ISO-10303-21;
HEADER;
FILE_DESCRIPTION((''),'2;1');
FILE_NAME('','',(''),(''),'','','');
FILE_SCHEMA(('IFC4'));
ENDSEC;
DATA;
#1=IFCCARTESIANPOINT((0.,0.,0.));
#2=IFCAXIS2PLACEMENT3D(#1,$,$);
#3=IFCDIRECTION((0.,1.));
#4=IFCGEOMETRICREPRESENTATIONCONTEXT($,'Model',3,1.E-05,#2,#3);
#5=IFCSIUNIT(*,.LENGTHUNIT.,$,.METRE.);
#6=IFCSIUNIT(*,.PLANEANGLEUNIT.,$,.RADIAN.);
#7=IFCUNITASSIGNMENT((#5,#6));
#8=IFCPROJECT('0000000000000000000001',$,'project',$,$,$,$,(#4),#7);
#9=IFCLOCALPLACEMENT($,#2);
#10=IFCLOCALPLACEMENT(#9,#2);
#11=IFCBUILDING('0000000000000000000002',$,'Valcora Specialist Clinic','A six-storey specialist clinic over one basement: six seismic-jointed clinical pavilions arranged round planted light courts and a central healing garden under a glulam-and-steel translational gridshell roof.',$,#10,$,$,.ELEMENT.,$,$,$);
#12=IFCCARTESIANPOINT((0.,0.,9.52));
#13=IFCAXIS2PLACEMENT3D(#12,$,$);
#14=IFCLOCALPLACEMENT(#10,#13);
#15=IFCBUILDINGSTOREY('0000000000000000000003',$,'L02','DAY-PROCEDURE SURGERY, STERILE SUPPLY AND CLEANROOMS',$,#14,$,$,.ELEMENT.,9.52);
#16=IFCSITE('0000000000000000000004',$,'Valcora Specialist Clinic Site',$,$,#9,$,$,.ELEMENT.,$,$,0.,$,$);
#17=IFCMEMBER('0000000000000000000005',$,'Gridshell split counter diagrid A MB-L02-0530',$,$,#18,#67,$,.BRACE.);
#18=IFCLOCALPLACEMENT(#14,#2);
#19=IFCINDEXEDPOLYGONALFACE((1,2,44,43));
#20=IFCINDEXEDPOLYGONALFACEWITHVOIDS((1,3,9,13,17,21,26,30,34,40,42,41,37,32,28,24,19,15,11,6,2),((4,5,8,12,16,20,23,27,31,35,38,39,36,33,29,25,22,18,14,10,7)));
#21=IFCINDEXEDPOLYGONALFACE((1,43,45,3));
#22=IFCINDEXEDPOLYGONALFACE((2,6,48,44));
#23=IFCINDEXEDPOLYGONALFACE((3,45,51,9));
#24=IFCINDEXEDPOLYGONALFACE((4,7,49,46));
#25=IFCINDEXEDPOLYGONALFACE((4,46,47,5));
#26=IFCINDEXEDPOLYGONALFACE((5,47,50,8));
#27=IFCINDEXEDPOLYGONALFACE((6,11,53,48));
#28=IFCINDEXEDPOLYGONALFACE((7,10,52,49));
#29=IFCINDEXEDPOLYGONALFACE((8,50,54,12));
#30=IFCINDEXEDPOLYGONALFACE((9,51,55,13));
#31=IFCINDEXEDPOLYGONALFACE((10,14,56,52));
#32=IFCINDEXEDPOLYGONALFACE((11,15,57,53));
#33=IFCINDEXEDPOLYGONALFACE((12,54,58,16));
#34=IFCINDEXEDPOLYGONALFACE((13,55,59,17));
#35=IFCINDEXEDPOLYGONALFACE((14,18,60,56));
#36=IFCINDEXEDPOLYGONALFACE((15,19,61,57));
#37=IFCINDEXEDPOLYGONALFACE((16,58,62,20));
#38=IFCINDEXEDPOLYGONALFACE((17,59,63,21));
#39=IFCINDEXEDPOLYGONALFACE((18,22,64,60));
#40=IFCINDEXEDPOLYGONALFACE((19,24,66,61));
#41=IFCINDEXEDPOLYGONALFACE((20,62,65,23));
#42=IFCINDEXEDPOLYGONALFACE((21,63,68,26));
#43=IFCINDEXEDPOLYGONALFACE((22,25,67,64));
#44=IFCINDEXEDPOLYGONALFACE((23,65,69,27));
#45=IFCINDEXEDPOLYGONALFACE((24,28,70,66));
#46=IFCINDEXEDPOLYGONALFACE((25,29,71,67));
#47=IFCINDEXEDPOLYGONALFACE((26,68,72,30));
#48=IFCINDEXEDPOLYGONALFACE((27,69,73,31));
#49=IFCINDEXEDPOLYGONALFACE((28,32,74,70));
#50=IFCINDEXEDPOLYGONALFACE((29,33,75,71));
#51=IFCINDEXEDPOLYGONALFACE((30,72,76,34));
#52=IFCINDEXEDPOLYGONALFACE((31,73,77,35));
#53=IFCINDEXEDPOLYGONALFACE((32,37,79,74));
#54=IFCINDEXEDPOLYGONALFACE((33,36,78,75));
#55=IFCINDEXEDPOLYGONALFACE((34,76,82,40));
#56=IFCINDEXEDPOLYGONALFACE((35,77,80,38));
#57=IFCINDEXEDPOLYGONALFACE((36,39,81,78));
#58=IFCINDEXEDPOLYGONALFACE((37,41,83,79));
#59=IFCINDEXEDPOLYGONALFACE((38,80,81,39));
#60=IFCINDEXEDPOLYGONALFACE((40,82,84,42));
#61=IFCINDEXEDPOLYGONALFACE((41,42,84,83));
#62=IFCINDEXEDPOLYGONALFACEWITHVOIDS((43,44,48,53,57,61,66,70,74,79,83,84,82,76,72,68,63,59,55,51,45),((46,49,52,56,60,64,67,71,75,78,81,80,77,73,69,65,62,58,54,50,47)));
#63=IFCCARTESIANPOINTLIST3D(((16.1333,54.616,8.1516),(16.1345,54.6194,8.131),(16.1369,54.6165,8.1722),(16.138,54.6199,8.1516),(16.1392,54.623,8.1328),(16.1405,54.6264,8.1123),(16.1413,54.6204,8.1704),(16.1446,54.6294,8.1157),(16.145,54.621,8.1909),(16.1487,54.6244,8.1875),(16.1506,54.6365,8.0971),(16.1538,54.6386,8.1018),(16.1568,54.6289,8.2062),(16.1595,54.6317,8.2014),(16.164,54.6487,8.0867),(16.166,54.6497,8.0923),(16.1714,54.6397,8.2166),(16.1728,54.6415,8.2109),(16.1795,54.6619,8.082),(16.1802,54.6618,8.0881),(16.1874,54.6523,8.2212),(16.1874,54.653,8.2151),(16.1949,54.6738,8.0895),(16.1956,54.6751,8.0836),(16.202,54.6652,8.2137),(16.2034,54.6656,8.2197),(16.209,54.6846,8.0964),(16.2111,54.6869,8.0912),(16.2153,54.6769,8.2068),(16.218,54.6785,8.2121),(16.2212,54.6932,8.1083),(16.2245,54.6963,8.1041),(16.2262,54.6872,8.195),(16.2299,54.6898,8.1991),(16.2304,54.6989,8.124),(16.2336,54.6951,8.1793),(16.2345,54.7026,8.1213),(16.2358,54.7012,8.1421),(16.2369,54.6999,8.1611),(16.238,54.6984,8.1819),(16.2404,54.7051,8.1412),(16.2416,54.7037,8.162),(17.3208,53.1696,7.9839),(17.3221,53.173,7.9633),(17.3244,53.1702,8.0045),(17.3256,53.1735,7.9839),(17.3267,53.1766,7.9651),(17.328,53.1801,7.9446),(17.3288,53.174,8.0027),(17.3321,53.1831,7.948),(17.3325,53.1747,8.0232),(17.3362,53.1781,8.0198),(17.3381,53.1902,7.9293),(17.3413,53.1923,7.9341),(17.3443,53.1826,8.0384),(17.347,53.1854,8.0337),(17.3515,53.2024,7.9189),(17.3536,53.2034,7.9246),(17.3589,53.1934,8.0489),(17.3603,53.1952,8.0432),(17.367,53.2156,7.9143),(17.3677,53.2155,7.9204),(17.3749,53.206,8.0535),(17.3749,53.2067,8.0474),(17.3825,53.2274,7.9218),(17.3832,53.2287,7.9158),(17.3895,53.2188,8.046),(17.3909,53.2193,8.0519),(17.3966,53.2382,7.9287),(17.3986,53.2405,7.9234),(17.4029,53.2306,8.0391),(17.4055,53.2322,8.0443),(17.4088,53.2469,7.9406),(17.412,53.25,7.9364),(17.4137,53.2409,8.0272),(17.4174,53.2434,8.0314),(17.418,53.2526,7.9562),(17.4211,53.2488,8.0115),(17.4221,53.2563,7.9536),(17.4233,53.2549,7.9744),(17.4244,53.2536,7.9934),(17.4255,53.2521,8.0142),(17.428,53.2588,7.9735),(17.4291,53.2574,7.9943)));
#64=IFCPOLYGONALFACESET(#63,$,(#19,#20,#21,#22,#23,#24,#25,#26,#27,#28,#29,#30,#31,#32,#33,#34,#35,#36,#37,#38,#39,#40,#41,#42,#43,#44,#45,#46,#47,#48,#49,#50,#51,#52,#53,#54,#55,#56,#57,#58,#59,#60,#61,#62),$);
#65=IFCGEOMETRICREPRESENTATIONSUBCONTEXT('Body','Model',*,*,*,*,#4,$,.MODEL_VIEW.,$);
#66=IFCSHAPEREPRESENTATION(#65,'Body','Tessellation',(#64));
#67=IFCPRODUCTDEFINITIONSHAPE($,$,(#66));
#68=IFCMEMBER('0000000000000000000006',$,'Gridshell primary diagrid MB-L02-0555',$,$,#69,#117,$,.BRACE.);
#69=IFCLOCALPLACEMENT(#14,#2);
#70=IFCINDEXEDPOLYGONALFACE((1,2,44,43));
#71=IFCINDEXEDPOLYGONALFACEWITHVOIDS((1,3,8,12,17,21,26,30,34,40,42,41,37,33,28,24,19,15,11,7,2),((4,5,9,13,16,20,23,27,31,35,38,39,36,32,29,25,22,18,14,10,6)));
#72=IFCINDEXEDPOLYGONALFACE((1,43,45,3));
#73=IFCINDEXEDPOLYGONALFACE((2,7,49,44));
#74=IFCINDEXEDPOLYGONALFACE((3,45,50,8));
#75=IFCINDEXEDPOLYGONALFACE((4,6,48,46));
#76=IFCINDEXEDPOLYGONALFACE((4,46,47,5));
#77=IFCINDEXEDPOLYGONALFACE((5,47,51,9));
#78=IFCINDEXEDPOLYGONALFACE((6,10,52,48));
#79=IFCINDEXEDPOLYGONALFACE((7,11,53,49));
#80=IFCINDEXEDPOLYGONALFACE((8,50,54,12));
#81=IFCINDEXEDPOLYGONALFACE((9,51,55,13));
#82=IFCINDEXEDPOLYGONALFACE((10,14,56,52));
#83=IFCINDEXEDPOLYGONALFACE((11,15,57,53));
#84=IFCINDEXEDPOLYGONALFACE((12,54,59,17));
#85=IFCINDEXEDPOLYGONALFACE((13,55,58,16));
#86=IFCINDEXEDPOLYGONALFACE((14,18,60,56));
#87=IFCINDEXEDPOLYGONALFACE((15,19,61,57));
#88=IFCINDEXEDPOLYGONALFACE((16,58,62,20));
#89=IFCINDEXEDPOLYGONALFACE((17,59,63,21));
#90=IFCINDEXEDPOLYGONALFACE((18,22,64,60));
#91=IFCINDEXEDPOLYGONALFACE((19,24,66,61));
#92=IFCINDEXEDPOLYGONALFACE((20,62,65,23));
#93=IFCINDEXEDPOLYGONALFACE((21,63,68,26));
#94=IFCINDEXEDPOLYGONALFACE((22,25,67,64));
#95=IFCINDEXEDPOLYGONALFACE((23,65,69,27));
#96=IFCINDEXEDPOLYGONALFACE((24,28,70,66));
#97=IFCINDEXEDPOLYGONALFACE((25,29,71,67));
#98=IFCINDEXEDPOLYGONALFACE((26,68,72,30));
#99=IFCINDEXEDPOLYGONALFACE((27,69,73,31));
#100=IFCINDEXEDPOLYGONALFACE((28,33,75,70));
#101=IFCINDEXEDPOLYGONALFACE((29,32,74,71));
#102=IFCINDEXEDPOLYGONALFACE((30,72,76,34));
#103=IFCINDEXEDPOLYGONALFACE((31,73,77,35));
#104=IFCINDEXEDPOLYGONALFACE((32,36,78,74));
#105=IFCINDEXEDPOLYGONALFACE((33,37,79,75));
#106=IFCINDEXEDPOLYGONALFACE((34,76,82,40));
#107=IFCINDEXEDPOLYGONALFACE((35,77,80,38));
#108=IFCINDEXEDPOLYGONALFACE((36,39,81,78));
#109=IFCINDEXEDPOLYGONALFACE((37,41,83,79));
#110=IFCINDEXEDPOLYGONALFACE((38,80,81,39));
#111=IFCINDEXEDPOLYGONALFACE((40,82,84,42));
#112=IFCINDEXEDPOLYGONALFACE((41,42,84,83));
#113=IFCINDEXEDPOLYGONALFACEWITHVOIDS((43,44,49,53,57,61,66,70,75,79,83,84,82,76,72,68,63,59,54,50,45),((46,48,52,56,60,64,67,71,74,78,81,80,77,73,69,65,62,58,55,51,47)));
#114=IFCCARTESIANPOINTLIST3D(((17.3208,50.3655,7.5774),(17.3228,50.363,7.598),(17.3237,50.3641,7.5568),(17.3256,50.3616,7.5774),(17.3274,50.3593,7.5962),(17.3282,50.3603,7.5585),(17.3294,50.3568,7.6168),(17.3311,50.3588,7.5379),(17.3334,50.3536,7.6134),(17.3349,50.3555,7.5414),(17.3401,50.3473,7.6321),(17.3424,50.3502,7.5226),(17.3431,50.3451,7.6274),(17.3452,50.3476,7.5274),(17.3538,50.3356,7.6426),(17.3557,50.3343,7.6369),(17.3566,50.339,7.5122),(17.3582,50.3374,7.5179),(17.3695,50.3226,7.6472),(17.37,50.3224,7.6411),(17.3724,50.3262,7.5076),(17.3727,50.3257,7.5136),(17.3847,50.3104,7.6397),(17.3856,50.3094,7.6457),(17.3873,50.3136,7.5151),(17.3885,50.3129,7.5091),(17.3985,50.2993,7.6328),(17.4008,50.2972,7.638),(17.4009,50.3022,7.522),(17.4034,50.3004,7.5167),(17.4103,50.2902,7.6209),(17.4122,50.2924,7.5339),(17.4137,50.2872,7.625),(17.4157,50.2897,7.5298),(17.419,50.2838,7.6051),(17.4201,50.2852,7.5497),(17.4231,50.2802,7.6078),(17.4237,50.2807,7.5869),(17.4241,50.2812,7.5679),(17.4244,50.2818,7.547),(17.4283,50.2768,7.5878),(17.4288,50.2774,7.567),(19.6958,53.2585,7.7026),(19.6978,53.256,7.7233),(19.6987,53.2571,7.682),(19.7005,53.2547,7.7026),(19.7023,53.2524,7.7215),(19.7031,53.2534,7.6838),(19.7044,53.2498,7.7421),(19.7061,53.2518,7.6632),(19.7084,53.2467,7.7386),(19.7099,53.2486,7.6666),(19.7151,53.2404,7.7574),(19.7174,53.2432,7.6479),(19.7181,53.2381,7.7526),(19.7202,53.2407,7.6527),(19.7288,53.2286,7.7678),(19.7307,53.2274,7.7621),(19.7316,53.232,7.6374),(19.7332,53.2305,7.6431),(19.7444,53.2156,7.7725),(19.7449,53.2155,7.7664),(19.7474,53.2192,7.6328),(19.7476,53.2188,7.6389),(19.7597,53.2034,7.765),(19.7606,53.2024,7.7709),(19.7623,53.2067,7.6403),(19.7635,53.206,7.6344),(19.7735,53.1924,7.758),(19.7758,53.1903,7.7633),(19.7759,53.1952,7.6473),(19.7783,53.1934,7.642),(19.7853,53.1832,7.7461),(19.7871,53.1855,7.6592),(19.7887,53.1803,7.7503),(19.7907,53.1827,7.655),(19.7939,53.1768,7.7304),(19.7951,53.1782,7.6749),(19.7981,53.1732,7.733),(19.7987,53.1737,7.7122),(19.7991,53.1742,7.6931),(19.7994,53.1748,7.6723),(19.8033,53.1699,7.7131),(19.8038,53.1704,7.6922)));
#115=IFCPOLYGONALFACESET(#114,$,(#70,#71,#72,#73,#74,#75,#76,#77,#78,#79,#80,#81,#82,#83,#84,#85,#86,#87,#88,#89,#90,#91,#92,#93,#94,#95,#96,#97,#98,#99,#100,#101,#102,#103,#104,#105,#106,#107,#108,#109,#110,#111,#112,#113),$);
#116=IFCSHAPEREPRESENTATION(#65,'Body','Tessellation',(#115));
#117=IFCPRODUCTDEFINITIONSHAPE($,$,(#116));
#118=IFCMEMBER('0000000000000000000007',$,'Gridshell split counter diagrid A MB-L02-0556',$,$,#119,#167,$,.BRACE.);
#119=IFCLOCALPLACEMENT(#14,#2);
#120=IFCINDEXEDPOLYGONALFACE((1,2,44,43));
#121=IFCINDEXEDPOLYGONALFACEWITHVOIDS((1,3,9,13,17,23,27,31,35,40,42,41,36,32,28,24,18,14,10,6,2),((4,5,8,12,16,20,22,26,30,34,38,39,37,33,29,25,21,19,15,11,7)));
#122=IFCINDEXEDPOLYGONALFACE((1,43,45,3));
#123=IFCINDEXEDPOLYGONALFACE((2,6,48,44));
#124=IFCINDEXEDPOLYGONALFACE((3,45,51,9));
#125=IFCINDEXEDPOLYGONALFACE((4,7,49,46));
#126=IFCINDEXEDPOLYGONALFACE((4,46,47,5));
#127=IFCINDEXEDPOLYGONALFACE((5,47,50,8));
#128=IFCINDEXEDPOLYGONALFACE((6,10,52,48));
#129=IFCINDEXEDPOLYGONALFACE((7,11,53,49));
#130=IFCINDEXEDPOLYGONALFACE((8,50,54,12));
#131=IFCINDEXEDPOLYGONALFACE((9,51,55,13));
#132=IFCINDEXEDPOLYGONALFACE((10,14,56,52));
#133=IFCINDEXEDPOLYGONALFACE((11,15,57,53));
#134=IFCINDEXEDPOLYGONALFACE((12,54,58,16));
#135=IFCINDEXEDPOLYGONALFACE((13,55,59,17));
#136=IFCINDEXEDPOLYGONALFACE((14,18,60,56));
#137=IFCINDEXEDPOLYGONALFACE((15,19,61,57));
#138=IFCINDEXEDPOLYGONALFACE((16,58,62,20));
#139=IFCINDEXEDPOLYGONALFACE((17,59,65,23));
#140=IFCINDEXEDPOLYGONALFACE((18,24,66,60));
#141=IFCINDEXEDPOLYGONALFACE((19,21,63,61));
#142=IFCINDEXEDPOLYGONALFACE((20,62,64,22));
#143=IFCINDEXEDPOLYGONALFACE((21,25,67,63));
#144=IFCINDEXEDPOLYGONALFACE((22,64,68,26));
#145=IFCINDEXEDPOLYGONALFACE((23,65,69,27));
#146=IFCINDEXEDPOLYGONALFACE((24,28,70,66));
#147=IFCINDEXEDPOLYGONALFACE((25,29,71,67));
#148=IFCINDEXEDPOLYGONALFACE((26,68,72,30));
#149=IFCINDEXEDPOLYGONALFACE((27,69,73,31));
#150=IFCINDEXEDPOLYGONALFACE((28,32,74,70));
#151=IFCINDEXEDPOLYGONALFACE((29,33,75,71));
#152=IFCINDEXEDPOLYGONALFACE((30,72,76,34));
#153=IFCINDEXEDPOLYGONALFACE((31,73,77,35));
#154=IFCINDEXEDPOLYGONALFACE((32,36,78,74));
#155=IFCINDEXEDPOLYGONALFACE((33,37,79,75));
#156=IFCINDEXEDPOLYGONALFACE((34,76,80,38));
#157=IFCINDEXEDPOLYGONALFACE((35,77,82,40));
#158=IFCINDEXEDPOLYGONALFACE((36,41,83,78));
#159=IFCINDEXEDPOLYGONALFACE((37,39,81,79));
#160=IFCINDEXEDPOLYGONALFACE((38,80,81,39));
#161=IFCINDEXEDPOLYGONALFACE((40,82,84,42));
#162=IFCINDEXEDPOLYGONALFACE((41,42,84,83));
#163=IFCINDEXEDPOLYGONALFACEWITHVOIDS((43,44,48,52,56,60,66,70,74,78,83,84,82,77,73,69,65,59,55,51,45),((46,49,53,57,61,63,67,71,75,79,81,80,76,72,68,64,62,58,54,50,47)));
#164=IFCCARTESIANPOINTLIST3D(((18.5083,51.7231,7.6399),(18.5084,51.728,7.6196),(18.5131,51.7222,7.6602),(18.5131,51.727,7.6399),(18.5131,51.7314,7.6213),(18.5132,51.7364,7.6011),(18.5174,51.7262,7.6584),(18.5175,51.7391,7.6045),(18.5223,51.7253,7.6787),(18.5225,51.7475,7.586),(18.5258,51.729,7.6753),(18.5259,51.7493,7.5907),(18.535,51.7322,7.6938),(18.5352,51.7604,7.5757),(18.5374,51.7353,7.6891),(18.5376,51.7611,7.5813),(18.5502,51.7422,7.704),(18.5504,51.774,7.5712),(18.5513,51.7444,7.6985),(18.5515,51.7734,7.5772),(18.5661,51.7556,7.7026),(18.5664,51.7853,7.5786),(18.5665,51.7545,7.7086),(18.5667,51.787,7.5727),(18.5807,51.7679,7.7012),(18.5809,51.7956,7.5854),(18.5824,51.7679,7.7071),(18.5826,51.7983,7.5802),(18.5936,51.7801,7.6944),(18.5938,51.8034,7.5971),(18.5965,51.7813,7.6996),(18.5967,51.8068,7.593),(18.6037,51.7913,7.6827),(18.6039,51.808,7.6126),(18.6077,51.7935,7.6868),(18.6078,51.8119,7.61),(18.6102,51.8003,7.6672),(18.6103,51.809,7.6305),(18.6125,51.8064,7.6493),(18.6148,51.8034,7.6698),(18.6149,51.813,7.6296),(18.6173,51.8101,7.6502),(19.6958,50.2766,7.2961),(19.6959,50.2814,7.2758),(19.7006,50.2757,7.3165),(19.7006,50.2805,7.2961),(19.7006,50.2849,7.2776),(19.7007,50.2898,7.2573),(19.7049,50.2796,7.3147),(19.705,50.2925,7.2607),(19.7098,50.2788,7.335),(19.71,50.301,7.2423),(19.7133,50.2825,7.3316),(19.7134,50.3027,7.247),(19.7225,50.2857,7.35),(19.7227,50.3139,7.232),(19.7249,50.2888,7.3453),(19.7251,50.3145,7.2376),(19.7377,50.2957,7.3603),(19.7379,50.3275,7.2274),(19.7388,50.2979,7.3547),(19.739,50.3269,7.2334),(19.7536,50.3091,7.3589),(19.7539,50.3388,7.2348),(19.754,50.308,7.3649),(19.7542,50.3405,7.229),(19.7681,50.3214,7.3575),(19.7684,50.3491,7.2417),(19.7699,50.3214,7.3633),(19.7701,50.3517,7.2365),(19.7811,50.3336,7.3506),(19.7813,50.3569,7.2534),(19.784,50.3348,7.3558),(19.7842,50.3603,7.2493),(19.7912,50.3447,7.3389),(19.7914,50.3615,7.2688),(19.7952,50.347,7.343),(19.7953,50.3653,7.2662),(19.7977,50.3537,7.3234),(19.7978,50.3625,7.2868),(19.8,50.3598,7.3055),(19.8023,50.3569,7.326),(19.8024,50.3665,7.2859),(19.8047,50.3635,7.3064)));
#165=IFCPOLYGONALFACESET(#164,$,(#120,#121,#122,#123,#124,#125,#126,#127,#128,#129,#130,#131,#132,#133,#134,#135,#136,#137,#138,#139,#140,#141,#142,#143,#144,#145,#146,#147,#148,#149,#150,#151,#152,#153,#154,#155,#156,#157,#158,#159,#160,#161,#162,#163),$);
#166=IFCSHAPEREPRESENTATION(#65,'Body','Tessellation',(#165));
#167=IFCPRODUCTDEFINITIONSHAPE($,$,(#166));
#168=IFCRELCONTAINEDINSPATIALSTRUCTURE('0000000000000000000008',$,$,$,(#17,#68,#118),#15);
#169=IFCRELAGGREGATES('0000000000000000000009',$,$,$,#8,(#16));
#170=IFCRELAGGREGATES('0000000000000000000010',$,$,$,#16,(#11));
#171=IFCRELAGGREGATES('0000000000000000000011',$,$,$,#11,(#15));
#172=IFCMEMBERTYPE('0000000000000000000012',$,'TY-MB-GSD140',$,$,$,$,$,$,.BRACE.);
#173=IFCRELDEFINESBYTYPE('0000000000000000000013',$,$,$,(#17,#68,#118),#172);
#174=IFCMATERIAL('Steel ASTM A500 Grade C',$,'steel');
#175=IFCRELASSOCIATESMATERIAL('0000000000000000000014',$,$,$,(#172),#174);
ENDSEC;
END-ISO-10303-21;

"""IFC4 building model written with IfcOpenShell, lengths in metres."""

from ifc_helpers import new_model, si_unit, direction, frame, origin, origin_2d, place, context, subcontext, project, spatial, hollow_circle, extrude, material, material_profile, profile_set, type_object, element, save


model = new_model("IFC4")

# Units and contexts
model_context = context("Model", 3, precision=1e-05, world=origin(), true_north=direction((0.0, 1.0)))
body_context = subcontext(model_context, "Body", "Model", "MODEL_VIEW")
ifc_project = project(units=[si_unit("LENGTHUNIT", "METRE"), si_unit("PLANEANGLEUNIT", "RADIAN")], contexts=[model_context])

# Site, building, storey
site_placement = place(None, origin())
site = spatial("IfcSite", under=ifc_project, at=site_placement, Name="Valcora Specialist Clinic Site", CompositionType="ELEMENT", RefElevation=0.0)
building_placement = place(site_placement, origin())
building = spatial("IfcBuilding", under=site, at=building_placement, Name="Valcora Specialist Clinic", Description="A six-storey specialist clinic over one basement: six seismic-jointed clinical pavilions arranged round planted light courts and a central healing garden under a glulam-and-steel translational gridshell roof.", CompositionType="ELEMENT")
storey_placement = place(building_placement, frame((0.0, 0.0, 9.52)))
storey = spatial("IfcBuildingStorey", under=building, at=storey_placement, Name="L02", Description="DAY-PROCEDURE SURGERY, STERILE SUPPLY AND CLEANROOMS", CompositionType="ELEMENT", Elevation=9.52)

# Members
ifc_material_1 = material(Name="Steel ASTM A500 Grade C", Category="steel")
ifc_material_profile_1 = material_profile(ifc_material_1, hollow_circle(Radius=0.0701, WallThickness=0.0061, at=origin_2d()), Name="ST-CHS-140X6")
ifc_profile_set_1 = profile_set([ifc_material_profile_1], Name="Steel ASTM A500 Grade C")
member_type_1 = type_object("IfcMemberType", Name="TY-MB-GSD140", PredefinedType="BRACE", material=ifc_profile_set_1)
member_1_placement = place(storey_placement, frame((17.375, 53.2141, 7.9839), z_axis=(-0.632039, 0.769778, 0.08927), x_axis=(-0.772863, -0.634572, 0.0)))
element("IfcMember", 1, at=member_1_placement, inside=storey, type_object=member_type_1, Name="Gridshell split counter diagrid A MB-L02-0530", PredefinedType="BRACE", context=body_context, shape_type="SweptSolid", body=[
    extrude(hollow_circle(Radius=0.0701, WallThickness=0.0061, at=origin_2d()), origin(), (0.0, 0.0, 1.0), 1.8789),
])
member_2_placement = place(storey_placement, frame((17.375, 50.321, 7.5774), z_axis=(0.634154, 0.772484, 0.033442), x_axis=(-0.772916, 0.634508, 0.0)))
element("IfcMember", 2, at=member_2_placement, inside=storey, type_object=member_type_1, Name="Gridshell primary diagrid MB-L02-0555", PredefinedType="BRACE", context=body_context, shape_type="SweptSolid", body=[
    extrude(hollow_circle(Radius=0.0701, WallThickness=0.0061, at=origin_2d()), origin(), (0.0, 0.0, 1.0), 3.7451),
])
member_3_placement = place(storey_placement, frame((19.75, 50.321, 7.2961), z_axis=(-0.624069, 0.760199, 0.180652), x_axis=(-0.772916, -0.634508, 0.0)))
element("IfcMember", 3, at=member_3_placement, inside=storey, type_object=member_type_1, Name="Gridshell split counter diagrid A MB-L02-0556", PredefinedType="BRACE", context=body_context, shape_type="SweptSolid", body=[
    extrude(hollow_circle(Radius=0.0701, WallThickness=0.0061, at=origin_2d()), origin(), (0.0, 0.0, 1.0), 1.9028),
])

save(model, "model.ifc")
